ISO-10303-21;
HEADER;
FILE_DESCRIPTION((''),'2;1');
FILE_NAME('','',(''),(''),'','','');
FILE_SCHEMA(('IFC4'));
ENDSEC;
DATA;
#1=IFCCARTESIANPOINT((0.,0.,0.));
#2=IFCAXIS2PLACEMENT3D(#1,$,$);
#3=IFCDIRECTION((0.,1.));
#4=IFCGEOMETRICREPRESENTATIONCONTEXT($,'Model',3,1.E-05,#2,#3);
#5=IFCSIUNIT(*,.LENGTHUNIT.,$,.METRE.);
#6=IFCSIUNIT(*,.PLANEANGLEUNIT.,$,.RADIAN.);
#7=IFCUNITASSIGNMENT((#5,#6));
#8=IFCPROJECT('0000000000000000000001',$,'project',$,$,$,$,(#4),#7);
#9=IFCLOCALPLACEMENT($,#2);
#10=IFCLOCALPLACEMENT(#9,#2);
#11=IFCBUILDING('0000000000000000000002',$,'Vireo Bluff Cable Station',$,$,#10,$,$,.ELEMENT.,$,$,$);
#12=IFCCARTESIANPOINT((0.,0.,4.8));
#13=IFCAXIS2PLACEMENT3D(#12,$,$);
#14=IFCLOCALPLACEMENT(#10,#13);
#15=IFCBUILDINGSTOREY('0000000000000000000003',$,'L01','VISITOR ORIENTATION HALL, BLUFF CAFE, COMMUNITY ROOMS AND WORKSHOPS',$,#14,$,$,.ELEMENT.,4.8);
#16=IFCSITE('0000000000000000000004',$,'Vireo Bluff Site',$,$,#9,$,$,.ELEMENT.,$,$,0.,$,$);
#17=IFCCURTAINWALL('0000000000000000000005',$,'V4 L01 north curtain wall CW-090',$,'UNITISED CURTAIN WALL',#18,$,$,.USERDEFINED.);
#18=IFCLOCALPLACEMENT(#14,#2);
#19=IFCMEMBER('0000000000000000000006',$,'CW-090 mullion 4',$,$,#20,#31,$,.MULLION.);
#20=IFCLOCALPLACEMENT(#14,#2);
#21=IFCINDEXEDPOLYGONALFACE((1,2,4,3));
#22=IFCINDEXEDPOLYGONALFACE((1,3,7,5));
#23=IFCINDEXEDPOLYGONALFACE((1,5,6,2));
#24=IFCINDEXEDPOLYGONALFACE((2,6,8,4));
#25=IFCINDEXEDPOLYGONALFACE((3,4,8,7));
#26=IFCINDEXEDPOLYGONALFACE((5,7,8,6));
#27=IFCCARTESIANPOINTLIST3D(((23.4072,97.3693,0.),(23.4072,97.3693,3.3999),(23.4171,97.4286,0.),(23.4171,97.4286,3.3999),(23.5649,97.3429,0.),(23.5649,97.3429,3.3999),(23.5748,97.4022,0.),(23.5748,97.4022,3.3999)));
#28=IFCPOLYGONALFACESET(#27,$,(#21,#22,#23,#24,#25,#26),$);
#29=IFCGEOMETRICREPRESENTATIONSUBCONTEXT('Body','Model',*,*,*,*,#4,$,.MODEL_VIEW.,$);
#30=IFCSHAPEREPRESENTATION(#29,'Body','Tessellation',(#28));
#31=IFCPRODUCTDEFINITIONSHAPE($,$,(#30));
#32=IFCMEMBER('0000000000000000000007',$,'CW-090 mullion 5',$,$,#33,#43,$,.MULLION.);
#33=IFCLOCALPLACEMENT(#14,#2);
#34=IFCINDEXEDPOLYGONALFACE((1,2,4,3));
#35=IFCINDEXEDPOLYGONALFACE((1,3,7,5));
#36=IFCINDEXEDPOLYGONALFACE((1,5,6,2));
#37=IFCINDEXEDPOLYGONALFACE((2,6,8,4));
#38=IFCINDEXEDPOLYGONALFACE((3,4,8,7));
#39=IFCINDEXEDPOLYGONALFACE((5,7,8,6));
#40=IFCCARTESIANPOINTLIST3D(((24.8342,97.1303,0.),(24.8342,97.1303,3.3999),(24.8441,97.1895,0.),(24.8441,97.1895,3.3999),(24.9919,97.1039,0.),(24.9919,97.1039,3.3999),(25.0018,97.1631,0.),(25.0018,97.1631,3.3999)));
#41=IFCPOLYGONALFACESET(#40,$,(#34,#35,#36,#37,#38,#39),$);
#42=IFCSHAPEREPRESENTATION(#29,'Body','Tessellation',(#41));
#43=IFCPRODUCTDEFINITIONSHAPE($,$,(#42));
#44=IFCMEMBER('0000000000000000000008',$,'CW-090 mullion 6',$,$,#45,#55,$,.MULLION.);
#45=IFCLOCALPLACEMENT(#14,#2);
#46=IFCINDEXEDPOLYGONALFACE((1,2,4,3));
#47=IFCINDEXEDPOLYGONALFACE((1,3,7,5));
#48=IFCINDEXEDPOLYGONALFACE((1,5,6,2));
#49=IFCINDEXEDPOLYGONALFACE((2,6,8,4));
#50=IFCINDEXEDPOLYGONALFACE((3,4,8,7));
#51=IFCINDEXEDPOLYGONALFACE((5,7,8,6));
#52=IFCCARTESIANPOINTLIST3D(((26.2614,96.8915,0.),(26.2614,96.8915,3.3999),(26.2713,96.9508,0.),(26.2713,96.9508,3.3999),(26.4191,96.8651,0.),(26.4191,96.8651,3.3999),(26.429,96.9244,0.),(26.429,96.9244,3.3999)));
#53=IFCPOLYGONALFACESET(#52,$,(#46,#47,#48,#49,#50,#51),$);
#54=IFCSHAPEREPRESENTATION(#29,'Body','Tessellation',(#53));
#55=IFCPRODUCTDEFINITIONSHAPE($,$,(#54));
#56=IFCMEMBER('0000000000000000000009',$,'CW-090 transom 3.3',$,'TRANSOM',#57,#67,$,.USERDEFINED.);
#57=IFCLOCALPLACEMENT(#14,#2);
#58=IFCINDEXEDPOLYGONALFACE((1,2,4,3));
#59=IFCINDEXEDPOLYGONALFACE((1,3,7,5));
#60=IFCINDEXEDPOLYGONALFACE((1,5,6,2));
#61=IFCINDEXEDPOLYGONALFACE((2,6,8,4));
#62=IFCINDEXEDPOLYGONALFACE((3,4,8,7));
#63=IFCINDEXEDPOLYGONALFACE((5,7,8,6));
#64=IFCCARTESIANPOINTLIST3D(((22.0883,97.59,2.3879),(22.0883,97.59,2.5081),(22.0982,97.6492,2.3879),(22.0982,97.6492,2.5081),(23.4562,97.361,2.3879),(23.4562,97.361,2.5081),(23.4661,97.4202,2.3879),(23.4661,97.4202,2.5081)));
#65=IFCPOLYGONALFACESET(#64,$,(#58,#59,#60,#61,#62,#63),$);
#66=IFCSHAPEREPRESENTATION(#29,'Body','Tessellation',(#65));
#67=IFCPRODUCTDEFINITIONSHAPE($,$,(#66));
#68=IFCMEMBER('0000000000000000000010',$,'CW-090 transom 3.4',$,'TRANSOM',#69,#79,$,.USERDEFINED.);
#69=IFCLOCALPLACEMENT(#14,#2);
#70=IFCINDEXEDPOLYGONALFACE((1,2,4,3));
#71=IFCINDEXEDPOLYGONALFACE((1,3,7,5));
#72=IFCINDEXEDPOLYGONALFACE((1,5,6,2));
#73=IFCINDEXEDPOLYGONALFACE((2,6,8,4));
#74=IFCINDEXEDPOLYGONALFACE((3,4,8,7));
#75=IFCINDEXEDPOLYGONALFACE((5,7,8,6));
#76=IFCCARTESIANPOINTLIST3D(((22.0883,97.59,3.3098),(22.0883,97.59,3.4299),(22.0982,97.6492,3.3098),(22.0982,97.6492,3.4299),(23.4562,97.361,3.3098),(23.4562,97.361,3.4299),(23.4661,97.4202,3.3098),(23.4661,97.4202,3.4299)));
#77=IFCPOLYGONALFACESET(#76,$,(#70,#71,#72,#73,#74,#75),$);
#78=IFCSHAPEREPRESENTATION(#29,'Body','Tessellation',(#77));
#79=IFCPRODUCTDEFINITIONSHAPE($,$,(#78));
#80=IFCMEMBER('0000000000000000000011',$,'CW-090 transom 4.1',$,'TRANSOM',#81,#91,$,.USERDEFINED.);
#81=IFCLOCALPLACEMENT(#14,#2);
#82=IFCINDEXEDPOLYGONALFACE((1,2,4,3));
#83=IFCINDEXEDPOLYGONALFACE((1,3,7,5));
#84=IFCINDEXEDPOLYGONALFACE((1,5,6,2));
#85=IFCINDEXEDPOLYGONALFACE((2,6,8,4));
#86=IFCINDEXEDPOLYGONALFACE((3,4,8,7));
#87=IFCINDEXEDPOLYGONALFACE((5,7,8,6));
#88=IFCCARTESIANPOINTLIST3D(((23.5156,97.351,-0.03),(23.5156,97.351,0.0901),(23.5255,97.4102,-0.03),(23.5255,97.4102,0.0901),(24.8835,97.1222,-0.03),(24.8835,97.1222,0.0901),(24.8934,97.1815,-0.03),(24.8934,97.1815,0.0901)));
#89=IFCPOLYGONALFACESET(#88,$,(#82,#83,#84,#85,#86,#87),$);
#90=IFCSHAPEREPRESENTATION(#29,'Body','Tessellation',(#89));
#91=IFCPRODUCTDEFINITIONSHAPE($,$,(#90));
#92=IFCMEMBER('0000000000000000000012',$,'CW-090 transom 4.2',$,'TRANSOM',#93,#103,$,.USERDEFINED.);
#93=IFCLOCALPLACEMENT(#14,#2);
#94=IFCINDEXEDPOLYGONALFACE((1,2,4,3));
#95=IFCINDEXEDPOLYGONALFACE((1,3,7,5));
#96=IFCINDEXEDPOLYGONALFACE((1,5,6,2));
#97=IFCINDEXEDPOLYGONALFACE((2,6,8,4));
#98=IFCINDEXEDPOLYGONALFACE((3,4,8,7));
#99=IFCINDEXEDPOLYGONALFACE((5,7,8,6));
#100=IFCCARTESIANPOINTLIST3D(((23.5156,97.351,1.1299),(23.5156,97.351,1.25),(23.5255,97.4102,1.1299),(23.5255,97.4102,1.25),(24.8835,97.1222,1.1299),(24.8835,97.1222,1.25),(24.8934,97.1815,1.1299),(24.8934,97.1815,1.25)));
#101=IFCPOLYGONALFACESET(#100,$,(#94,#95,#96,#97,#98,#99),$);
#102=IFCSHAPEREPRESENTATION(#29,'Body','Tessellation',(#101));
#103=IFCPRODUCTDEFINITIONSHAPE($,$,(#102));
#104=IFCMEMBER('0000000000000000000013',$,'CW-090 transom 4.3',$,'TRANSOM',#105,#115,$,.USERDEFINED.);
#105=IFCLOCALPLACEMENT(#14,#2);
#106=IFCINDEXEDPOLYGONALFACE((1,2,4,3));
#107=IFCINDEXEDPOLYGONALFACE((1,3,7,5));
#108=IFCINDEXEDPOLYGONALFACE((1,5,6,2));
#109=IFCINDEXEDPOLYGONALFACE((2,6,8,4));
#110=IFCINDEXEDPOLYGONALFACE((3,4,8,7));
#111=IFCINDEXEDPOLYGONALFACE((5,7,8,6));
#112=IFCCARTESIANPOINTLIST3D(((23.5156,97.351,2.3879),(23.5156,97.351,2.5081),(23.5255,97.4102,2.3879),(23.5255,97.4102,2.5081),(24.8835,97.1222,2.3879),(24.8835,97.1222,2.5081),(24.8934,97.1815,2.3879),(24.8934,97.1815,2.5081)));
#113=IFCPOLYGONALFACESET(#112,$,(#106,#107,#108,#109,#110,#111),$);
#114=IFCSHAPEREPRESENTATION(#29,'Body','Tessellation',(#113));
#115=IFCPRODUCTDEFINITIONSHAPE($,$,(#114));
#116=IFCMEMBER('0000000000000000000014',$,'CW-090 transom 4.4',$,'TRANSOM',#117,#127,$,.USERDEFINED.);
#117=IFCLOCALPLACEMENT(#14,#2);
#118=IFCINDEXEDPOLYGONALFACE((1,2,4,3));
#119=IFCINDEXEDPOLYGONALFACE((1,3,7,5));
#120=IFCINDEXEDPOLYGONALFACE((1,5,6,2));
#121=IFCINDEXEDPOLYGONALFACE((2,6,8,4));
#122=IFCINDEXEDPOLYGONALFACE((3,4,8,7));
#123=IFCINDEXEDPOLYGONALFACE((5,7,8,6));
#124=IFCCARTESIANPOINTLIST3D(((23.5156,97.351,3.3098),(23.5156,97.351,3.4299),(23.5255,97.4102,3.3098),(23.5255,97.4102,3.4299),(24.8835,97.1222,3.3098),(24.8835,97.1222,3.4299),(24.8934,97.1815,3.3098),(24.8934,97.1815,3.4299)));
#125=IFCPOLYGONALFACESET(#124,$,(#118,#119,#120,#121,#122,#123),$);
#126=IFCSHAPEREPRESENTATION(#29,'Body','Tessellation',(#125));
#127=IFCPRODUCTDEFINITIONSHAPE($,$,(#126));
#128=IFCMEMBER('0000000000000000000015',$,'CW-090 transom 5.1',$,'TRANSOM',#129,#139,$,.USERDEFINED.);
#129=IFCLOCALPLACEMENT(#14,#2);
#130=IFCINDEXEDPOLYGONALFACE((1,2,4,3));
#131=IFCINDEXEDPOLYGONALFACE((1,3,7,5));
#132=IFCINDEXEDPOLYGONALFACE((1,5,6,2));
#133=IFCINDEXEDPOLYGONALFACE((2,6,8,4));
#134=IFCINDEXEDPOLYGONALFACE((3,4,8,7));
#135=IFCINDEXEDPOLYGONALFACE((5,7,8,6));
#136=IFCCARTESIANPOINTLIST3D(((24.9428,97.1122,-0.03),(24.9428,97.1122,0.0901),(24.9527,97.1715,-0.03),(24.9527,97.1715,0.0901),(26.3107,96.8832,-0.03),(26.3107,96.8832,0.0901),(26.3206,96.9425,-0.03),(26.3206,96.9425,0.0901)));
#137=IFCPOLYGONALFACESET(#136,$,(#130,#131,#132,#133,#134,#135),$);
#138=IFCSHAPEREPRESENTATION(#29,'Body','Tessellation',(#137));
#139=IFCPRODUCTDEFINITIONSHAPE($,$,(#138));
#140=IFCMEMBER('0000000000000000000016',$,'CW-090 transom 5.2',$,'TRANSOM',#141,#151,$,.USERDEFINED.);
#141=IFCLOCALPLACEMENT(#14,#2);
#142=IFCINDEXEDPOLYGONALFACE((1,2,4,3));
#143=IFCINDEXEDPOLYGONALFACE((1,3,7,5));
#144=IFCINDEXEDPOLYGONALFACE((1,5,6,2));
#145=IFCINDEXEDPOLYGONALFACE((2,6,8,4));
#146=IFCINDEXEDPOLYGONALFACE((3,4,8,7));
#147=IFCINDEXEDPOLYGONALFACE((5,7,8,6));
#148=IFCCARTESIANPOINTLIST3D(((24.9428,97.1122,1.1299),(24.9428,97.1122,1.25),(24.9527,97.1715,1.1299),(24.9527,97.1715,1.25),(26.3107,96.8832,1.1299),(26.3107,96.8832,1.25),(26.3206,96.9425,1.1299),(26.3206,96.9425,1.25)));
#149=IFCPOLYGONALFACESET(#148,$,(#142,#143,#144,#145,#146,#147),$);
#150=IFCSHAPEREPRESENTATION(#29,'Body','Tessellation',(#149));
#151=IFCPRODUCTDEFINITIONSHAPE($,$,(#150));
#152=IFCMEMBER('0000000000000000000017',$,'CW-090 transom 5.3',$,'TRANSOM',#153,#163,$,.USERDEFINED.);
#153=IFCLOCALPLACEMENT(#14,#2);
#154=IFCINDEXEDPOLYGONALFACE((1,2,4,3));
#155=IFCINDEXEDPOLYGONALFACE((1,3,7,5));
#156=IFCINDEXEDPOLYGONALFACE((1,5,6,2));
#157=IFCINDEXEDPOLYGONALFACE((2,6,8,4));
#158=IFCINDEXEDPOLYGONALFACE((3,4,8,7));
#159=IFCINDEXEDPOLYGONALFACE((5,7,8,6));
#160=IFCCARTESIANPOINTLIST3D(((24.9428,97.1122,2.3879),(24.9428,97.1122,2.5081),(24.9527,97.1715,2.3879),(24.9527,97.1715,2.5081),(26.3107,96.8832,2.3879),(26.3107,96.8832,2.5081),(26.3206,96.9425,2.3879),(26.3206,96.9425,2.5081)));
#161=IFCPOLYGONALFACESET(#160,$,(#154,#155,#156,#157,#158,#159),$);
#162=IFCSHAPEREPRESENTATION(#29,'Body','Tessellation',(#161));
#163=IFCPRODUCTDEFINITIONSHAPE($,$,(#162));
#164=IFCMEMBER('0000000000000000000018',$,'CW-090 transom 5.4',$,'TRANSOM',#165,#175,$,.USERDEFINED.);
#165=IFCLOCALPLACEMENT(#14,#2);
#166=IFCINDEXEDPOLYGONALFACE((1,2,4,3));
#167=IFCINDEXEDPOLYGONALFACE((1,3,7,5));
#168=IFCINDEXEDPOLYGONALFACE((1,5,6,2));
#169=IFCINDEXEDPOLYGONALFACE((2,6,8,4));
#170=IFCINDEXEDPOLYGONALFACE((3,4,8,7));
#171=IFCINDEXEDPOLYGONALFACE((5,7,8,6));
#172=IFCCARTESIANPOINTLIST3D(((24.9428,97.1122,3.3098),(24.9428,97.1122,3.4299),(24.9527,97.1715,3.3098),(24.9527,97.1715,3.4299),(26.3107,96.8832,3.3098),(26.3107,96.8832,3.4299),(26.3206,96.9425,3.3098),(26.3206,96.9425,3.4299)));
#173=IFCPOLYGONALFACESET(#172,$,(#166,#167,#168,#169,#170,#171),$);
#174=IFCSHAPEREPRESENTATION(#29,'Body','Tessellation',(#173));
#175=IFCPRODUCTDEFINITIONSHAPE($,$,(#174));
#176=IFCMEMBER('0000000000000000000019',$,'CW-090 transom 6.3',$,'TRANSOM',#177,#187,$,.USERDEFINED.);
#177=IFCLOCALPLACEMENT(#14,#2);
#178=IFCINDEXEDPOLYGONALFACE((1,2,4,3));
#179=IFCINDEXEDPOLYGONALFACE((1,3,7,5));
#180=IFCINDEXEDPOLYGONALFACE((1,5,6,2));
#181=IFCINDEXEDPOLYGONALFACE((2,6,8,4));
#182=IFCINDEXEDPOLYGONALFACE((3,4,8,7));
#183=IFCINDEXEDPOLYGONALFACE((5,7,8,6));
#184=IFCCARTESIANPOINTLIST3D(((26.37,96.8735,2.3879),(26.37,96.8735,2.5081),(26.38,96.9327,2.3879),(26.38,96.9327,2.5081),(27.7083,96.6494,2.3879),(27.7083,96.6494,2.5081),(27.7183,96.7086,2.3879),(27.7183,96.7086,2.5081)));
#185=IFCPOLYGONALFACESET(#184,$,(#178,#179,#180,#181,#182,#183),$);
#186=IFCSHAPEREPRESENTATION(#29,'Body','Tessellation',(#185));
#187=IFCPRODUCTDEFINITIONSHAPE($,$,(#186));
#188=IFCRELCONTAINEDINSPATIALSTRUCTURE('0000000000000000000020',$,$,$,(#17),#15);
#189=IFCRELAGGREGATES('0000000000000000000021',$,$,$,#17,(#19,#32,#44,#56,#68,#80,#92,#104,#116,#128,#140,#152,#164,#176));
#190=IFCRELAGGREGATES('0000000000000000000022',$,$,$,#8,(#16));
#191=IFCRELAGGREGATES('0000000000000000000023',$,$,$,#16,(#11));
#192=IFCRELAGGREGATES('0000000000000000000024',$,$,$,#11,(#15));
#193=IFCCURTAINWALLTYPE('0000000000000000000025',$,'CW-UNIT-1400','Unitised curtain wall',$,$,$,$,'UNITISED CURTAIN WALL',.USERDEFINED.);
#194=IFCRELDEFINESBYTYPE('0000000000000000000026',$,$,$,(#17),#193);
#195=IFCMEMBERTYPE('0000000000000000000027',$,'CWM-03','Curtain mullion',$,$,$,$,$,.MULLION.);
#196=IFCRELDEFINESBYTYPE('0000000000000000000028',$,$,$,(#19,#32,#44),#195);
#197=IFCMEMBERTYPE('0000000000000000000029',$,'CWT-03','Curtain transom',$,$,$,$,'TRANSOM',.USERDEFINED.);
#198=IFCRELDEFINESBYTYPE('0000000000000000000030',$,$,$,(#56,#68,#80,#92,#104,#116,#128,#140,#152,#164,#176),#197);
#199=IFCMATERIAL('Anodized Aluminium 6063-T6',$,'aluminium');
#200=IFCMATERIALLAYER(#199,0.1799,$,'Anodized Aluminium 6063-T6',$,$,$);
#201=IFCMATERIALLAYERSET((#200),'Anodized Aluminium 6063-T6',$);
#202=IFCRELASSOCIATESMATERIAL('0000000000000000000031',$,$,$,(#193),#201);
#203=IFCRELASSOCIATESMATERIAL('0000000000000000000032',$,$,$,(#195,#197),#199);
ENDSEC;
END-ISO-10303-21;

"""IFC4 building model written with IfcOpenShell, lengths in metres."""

from ifc_helpers import new_model, si_unit, direction, frame, origin, origin_2d, place, context, subcontext, project, spatial, rectangle, extrude, material, layer, layer_set, material_profile, profile_set, type_object, element, aggregate, save


model = new_model("IFC4")

# Units and contexts
model_context = context("Model", 3, precision=1e-05, world=origin(), true_north=direction((0.0, 1.0)))
body_context = subcontext(model_context, "Body", "Model", "MODEL_VIEW")
ifc_project = project(units=[si_unit("LENGTHUNIT", "METRE"), si_unit("PLANEANGLEUNIT", "RADIAN")], contexts=[model_context])

# Site, building, storey
site_placement = place(None, origin())
site = spatial("IfcSite", under=ifc_project, at=site_placement, Name="Vireo Bluff Site", CompositionType="ELEMENT", RefElevation=0.0)
building_placement = place(site_placement, origin())
building = spatial("IfcBuilding", under=site, at=building_placement, Name="Vireo Bluff Cable Station", CompositionType="ELEMENT")
storey_placement = place(building_placement, frame((0.0, 0.0, 4.8)))
storey = spatial("IfcBuildingStorey", under=building, at=storey_placement, Name="L01", Description="VISITOR ORIENTATION HALL, BLUFF CAFE, COMMUNITY ROOMS AND WORKSHOPS", CompositionType="ELEMENT", Elevation=4.8)

# Curtain wall, members
ifc_material_1 = material(Name="Anodized Aluminium 6063-T6", Category="aluminium")
ifc_layer_1 = layer(ifc_material_1, 0.1799, Name="Anodized Aluminium 6063-T6")
ifc_layer_set_1 = layer_set([ifc_layer_1], Name="Anodized Aluminium 6063-T6")
curtain_wall_type = type_object("IfcCurtainWallType", Name="CW-UNIT-1400", Description="Unitised curtain wall", ElementType="UNITISED CURTAIN WALL", PredefinedType="USERDEFINED", material=ifc_layer_set_1)
curtain_wall_placement = place(storey_placement, origin())
curtain_wall = element("IfcCurtainWall", 1, at=curtain_wall_placement, inside=storey, type_object=curtain_wall_type, Name="V4 L01 north curtain wall CW-090", ObjectType="UNITISED CURTAIN WALL", PredefinedType="USERDEFINED")
ifc_material_profile_1 = material_profile(ifc_material_1, rectangle(XDim=0.0601, YDim=0.1599, at=origin_2d()), Name="ALU-M-60X160")
ifc_profile_set_1 = profile_set([ifc_material_profile_1], Name="Anodized Aluminium 6063-T6")
member_type_1 = type_object("IfcMemberType", Name="CWM-03", Description="Curtain mullion", PredefinedType="MULLION", material=ifc_profile_set_1)
member_1_placement = place(storey_placement, frame((23.491, 97.3857, 0.0), z_axis=(0.0, 0.0, 1.0), x_axis=(0.165048, 0.986286, 0.0)))
member_1 = element("IfcMember", 2, at=member_1_placement, type_object=member_type_1, Name="CW-090 mullion 4", PredefinedType="MULLION", context=body_context, shape_type="SweptSolid", body=[
    extrude(rectangle(XDim=0.0601, YDim=0.1599, at=origin_2d()), origin(), (0.0, 0.0, 1.0), 3.3999),
])
member_2_placement = place(storey_placement, frame((24.918, 97.1467, 0.0), z_axis=(0.0, 0.0, 1.0), x_axis=(0.165048, 0.986286, 0.0)))
member_2 = element("IfcMember", 3, at=member_2_placement, type_object=member_type_1, Name="CW-090 mullion 5", PredefinedType="MULLION", context=body_context, shape_type="SweptSolid", body=[
    extrude(rectangle(XDim=0.0601, YDim=0.1599, at=origin_2d()), origin(), (0.0, 0.0, 1.0), 3.3999),
])
member_3_placement = place(storey_placement, frame((26.3452, 96.908, 0.0), z_axis=(0.0, 0.0, 1.0), x_axis=(0.165048, 0.986286, 0.0)))
member_3 = element("IfcMember", 4, at=member_3_placement, type_object=member_type_1, Name="CW-090 mullion 6", PredefinedType="MULLION", context=body_context, shape_type="SweptSolid", body=[
    extrude(rectangle(XDim=0.0601, YDim=0.1599, at=origin_2d()), origin(), (0.0, 0.0, 1.0), 3.3999),
])
ifc_material_profile_2 = material_profile(ifc_material_1, rectangle(XDim=0.0601, YDim=0.1201, at=origin_2d()), Name="ALU-T-60X120")
ifc_profile_set_2 = profile_set([ifc_material_profile_2], Name="Anodized Aluminium 6063-T6")
member_type_2 = type_object("IfcMemberType", Name="CWT-03", Description="Curtain transom", ElementType="TRANSOM", PredefinedType="USERDEFINED", material=ifc_profile_set_2)
member_4_placement = place(storey_placement, frame((22.0933, 97.6196, 2.448), z_axis=(0.986275, -0.165113, 0.0), x_axis=(0.165113, 0.986275, 0.0)))
member_4 = element("IfcMember", 5, at=member_4_placement, type_object=member_type_2, Name="CW-090 transom 3.3", ObjectType="TRANSOM", PredefinedType="USERDEFINED", context=body_context, shape_type="SweptSolid", body=[
    extrude(rectangle(XDim=0.0601, YDim=0.1201, at=origin_2d()), origin(), (0.0, 0.0, 1.0), 1.387),
])
member_5_placement = place(storey_placement, frame((22.0933, 97.6196, 3.3699), z_axis=(0.986275, -0.165113, 0.0), x_axis=(0.165113, 0.986275, 0.0)))
member_5 = element("IfcMember", 6, at=member_5_placement, type_object=member_type_2, Name="CW-090 transom 3.4", ObjectType="TRANSOM", PredefinedType="USERDEFINED", context=body_context, shape_type="SweptSolid", body=[
    extrude(rectangle(XDim=0.0601, YDim=0.1201, at=origin_2d()), origin(), (0.0, 0.0, 1.0), 1.387),
])
member_6_placement = place(storey_placement, frame((23.5205, 97.3806, 0.03), z_axis=(0.986303, -0.164941, 0.0), x_axis=(0.164941, 0.986303, 0.0)))
member_6 = element("IfcMember", 7, at=member_6_placement, type_object=member_type_2, Name="CW-090 transom 4.1", ObjectType="TRANSOM", PredefinedType="USERDEFINED", context=body_context, shape_type="SweptSolid", body=[
    extrude(rectangle(XDim=0.0601, YDim=0.1201, at=origin_2d()), origin(), (0.0, 0.0, 1.0), 1.387),
])
member_7_placement = place(storey_placement, frame((23.5205, 97.3806, 1.1899), z_axis=(0.986303, -0.164941, 0.0), x_axis=(0.164941, 0.986303, 0.0)))
member_7 = element("IfcMember", 8, at=member_7_placement, type_object=member_type_2, Name="CW-090 transom 4.2", ObjectType="TRANSOM", PredefinedType="USERDEFINED", context=body_context, shape_type="SweptSolid", body=[
    extrude(rectangle(XDim=0.0601, YDim=0.1201, at=origin_2d()), origin(), (0.0, 0.0, 1.0), 1.387),
])
member_8_placement = place(storey_placement, frame((23.5205, 97.3806, 2.448), z_axis=(0.986303, -0.164941, 0.0), x_axis=(0.164941, 0.986303, 0.0)))
member_8 = element("IfcMember", 9, at=member_8_placement, type_object=member_type_2, Name="CW-090 transom 4.3", ObjectType="TRANSOM", PredefinedType="USERDEFINED", context=body_context, shape_type="SweptSolid", body=[
    extrude(rectangle(XDim=0.0601, YDim=0.1201, at=origin_2d()), origin(), (0.0, 0.0, 1.0), 1.387),
])
member_9_placement = place(storey_placement, frame((23.5205, 97.3806, 3.3699), z_axis=(0.986303, -0.164941, 0.0), x_axis=(0.164941, 0.986303, 0.0)))
member_9 = element("IfcMember", 10, at=member_9_placement, type_object=member_type_2, Name="CW-090 transom 4.4", ObjectType="TRANSOM", PredefinedType="USERDEFINED", context=body_context, shape_type="SweptSolid", body=[
    extrude(rectangle(XDim=0.0601, YDim=0.1201, at=origin_2d()), origin(), (0.0, 0.0, 1.0), 1.387),
])
member_10_placement = place(storey_placement, frame((24.9478, 97.1418, 0.03), z_axis=(0.986275, -0.165113, 0.0), x_axis=(0.165113, 0.986275, 0.0)))
member_10 = element("IfcMember", 11, at=member_10_placement, type_object=member_type_2, Name="CW-090 transom 5.1", ObjectType="TRANSOM", PredefinedType="USERDEFINED", context=body_context, shape_type="SweptSolid", body=[
    extrude(rectangle(XDim=0.0601, YDim=0.1201, at=origin_2d()), origin(), (0.0, 0.0, 1.0), 1.387),
])
member_11_placement = place(storey_placement, frame((24.9478, 97.1418, 1.1899), z_axis=(0.986275, -0.165113, 0.0), x_axis=(0.165113, 0.986275, 0.0)))
member_11 = element("IfcMember", 12, at=member_11_placement, type_object=member_type_2, Name="CW-090 transom 5.2", ObjectType="TRANSOM", PredefinedType="USERDEFINED", context=body_context, shape_type="SweptSolid", body=[
    extrude(rectangle(XDim=0.0601, YDim=0.1201, at=origin_2d()), origin(), (0.0, 0.0, 1.0), 1.387),
])
member_12_placement = place(storey_placement, frame((24.9478, 97.1418, 2.448), z_axis=(0.986275, -0.165113, 0.0), x_axis=(0.165113, 0.986275, 0.0)))
member_12 = element("IfcMember", 13, at=member_12_placement, type_object=member_type_2, Name="CW-090 transom 5.3", ObjectType="TRANSOM", PredefinedType="USERDEFINED", context=body_context, shape_type="SweptSolid", body=[
    extrude(rectangle(XDim=0.0601, YDim=0.1201, at=origin_2d()), origin(), (0.0, 0.0, 1.0), 1.387),
])
member_13_placement = place(storey_placement, frame((24.9478, 97.1418, 3.3699), z_axis=(0.986275, -0.165113, 0.0), x_axis=(0.165113, 0.986275, 0.0)))
member_13 = element("IfcMember", 14, at=member_13_placement, type_object=member_type_2, Name="CW-090 transom 5.4", ObjectType="TRANSOM", PredefinedType="USERDEFINED", context=body_context, shape_type="SweptSolid", body=[
    extrude(rectangle(XDim=0.0601, YDim=0.1201, at=origin_2d()), origin(), (0.0, 0.0, 1.0), 1.387),
])
member_14_placement = place(storey_placement, frame((26.375, 96.9031, 2.448), z_axis=(0.986267, -0.165157, 0.0), x_axis=(0.165157, 0.986267, 0.0)))
member_14 = element("IfcMember", 15, at=member_14_placement, type_object=member_type_2, Name="CW-090 transom 6.3", ObjectType="TRANSOM", PredefinedType="USERDEFINED", context=body_context, shape_type="SweptSolid", body=[
    extrude(rectangle(XDim=0.0601, YDim=0.1201, at=origin_2d()), origin(), (0.0, 0.0, 1.0), 1.3569),
])
aggregate(curtain_wall, [member_1, member_2, member_3, member_4, member_5, member_6, member_7, member_8, member_9, member_10, member_11, member_12, member_13, member_14])

save(model, "model.ifc")
